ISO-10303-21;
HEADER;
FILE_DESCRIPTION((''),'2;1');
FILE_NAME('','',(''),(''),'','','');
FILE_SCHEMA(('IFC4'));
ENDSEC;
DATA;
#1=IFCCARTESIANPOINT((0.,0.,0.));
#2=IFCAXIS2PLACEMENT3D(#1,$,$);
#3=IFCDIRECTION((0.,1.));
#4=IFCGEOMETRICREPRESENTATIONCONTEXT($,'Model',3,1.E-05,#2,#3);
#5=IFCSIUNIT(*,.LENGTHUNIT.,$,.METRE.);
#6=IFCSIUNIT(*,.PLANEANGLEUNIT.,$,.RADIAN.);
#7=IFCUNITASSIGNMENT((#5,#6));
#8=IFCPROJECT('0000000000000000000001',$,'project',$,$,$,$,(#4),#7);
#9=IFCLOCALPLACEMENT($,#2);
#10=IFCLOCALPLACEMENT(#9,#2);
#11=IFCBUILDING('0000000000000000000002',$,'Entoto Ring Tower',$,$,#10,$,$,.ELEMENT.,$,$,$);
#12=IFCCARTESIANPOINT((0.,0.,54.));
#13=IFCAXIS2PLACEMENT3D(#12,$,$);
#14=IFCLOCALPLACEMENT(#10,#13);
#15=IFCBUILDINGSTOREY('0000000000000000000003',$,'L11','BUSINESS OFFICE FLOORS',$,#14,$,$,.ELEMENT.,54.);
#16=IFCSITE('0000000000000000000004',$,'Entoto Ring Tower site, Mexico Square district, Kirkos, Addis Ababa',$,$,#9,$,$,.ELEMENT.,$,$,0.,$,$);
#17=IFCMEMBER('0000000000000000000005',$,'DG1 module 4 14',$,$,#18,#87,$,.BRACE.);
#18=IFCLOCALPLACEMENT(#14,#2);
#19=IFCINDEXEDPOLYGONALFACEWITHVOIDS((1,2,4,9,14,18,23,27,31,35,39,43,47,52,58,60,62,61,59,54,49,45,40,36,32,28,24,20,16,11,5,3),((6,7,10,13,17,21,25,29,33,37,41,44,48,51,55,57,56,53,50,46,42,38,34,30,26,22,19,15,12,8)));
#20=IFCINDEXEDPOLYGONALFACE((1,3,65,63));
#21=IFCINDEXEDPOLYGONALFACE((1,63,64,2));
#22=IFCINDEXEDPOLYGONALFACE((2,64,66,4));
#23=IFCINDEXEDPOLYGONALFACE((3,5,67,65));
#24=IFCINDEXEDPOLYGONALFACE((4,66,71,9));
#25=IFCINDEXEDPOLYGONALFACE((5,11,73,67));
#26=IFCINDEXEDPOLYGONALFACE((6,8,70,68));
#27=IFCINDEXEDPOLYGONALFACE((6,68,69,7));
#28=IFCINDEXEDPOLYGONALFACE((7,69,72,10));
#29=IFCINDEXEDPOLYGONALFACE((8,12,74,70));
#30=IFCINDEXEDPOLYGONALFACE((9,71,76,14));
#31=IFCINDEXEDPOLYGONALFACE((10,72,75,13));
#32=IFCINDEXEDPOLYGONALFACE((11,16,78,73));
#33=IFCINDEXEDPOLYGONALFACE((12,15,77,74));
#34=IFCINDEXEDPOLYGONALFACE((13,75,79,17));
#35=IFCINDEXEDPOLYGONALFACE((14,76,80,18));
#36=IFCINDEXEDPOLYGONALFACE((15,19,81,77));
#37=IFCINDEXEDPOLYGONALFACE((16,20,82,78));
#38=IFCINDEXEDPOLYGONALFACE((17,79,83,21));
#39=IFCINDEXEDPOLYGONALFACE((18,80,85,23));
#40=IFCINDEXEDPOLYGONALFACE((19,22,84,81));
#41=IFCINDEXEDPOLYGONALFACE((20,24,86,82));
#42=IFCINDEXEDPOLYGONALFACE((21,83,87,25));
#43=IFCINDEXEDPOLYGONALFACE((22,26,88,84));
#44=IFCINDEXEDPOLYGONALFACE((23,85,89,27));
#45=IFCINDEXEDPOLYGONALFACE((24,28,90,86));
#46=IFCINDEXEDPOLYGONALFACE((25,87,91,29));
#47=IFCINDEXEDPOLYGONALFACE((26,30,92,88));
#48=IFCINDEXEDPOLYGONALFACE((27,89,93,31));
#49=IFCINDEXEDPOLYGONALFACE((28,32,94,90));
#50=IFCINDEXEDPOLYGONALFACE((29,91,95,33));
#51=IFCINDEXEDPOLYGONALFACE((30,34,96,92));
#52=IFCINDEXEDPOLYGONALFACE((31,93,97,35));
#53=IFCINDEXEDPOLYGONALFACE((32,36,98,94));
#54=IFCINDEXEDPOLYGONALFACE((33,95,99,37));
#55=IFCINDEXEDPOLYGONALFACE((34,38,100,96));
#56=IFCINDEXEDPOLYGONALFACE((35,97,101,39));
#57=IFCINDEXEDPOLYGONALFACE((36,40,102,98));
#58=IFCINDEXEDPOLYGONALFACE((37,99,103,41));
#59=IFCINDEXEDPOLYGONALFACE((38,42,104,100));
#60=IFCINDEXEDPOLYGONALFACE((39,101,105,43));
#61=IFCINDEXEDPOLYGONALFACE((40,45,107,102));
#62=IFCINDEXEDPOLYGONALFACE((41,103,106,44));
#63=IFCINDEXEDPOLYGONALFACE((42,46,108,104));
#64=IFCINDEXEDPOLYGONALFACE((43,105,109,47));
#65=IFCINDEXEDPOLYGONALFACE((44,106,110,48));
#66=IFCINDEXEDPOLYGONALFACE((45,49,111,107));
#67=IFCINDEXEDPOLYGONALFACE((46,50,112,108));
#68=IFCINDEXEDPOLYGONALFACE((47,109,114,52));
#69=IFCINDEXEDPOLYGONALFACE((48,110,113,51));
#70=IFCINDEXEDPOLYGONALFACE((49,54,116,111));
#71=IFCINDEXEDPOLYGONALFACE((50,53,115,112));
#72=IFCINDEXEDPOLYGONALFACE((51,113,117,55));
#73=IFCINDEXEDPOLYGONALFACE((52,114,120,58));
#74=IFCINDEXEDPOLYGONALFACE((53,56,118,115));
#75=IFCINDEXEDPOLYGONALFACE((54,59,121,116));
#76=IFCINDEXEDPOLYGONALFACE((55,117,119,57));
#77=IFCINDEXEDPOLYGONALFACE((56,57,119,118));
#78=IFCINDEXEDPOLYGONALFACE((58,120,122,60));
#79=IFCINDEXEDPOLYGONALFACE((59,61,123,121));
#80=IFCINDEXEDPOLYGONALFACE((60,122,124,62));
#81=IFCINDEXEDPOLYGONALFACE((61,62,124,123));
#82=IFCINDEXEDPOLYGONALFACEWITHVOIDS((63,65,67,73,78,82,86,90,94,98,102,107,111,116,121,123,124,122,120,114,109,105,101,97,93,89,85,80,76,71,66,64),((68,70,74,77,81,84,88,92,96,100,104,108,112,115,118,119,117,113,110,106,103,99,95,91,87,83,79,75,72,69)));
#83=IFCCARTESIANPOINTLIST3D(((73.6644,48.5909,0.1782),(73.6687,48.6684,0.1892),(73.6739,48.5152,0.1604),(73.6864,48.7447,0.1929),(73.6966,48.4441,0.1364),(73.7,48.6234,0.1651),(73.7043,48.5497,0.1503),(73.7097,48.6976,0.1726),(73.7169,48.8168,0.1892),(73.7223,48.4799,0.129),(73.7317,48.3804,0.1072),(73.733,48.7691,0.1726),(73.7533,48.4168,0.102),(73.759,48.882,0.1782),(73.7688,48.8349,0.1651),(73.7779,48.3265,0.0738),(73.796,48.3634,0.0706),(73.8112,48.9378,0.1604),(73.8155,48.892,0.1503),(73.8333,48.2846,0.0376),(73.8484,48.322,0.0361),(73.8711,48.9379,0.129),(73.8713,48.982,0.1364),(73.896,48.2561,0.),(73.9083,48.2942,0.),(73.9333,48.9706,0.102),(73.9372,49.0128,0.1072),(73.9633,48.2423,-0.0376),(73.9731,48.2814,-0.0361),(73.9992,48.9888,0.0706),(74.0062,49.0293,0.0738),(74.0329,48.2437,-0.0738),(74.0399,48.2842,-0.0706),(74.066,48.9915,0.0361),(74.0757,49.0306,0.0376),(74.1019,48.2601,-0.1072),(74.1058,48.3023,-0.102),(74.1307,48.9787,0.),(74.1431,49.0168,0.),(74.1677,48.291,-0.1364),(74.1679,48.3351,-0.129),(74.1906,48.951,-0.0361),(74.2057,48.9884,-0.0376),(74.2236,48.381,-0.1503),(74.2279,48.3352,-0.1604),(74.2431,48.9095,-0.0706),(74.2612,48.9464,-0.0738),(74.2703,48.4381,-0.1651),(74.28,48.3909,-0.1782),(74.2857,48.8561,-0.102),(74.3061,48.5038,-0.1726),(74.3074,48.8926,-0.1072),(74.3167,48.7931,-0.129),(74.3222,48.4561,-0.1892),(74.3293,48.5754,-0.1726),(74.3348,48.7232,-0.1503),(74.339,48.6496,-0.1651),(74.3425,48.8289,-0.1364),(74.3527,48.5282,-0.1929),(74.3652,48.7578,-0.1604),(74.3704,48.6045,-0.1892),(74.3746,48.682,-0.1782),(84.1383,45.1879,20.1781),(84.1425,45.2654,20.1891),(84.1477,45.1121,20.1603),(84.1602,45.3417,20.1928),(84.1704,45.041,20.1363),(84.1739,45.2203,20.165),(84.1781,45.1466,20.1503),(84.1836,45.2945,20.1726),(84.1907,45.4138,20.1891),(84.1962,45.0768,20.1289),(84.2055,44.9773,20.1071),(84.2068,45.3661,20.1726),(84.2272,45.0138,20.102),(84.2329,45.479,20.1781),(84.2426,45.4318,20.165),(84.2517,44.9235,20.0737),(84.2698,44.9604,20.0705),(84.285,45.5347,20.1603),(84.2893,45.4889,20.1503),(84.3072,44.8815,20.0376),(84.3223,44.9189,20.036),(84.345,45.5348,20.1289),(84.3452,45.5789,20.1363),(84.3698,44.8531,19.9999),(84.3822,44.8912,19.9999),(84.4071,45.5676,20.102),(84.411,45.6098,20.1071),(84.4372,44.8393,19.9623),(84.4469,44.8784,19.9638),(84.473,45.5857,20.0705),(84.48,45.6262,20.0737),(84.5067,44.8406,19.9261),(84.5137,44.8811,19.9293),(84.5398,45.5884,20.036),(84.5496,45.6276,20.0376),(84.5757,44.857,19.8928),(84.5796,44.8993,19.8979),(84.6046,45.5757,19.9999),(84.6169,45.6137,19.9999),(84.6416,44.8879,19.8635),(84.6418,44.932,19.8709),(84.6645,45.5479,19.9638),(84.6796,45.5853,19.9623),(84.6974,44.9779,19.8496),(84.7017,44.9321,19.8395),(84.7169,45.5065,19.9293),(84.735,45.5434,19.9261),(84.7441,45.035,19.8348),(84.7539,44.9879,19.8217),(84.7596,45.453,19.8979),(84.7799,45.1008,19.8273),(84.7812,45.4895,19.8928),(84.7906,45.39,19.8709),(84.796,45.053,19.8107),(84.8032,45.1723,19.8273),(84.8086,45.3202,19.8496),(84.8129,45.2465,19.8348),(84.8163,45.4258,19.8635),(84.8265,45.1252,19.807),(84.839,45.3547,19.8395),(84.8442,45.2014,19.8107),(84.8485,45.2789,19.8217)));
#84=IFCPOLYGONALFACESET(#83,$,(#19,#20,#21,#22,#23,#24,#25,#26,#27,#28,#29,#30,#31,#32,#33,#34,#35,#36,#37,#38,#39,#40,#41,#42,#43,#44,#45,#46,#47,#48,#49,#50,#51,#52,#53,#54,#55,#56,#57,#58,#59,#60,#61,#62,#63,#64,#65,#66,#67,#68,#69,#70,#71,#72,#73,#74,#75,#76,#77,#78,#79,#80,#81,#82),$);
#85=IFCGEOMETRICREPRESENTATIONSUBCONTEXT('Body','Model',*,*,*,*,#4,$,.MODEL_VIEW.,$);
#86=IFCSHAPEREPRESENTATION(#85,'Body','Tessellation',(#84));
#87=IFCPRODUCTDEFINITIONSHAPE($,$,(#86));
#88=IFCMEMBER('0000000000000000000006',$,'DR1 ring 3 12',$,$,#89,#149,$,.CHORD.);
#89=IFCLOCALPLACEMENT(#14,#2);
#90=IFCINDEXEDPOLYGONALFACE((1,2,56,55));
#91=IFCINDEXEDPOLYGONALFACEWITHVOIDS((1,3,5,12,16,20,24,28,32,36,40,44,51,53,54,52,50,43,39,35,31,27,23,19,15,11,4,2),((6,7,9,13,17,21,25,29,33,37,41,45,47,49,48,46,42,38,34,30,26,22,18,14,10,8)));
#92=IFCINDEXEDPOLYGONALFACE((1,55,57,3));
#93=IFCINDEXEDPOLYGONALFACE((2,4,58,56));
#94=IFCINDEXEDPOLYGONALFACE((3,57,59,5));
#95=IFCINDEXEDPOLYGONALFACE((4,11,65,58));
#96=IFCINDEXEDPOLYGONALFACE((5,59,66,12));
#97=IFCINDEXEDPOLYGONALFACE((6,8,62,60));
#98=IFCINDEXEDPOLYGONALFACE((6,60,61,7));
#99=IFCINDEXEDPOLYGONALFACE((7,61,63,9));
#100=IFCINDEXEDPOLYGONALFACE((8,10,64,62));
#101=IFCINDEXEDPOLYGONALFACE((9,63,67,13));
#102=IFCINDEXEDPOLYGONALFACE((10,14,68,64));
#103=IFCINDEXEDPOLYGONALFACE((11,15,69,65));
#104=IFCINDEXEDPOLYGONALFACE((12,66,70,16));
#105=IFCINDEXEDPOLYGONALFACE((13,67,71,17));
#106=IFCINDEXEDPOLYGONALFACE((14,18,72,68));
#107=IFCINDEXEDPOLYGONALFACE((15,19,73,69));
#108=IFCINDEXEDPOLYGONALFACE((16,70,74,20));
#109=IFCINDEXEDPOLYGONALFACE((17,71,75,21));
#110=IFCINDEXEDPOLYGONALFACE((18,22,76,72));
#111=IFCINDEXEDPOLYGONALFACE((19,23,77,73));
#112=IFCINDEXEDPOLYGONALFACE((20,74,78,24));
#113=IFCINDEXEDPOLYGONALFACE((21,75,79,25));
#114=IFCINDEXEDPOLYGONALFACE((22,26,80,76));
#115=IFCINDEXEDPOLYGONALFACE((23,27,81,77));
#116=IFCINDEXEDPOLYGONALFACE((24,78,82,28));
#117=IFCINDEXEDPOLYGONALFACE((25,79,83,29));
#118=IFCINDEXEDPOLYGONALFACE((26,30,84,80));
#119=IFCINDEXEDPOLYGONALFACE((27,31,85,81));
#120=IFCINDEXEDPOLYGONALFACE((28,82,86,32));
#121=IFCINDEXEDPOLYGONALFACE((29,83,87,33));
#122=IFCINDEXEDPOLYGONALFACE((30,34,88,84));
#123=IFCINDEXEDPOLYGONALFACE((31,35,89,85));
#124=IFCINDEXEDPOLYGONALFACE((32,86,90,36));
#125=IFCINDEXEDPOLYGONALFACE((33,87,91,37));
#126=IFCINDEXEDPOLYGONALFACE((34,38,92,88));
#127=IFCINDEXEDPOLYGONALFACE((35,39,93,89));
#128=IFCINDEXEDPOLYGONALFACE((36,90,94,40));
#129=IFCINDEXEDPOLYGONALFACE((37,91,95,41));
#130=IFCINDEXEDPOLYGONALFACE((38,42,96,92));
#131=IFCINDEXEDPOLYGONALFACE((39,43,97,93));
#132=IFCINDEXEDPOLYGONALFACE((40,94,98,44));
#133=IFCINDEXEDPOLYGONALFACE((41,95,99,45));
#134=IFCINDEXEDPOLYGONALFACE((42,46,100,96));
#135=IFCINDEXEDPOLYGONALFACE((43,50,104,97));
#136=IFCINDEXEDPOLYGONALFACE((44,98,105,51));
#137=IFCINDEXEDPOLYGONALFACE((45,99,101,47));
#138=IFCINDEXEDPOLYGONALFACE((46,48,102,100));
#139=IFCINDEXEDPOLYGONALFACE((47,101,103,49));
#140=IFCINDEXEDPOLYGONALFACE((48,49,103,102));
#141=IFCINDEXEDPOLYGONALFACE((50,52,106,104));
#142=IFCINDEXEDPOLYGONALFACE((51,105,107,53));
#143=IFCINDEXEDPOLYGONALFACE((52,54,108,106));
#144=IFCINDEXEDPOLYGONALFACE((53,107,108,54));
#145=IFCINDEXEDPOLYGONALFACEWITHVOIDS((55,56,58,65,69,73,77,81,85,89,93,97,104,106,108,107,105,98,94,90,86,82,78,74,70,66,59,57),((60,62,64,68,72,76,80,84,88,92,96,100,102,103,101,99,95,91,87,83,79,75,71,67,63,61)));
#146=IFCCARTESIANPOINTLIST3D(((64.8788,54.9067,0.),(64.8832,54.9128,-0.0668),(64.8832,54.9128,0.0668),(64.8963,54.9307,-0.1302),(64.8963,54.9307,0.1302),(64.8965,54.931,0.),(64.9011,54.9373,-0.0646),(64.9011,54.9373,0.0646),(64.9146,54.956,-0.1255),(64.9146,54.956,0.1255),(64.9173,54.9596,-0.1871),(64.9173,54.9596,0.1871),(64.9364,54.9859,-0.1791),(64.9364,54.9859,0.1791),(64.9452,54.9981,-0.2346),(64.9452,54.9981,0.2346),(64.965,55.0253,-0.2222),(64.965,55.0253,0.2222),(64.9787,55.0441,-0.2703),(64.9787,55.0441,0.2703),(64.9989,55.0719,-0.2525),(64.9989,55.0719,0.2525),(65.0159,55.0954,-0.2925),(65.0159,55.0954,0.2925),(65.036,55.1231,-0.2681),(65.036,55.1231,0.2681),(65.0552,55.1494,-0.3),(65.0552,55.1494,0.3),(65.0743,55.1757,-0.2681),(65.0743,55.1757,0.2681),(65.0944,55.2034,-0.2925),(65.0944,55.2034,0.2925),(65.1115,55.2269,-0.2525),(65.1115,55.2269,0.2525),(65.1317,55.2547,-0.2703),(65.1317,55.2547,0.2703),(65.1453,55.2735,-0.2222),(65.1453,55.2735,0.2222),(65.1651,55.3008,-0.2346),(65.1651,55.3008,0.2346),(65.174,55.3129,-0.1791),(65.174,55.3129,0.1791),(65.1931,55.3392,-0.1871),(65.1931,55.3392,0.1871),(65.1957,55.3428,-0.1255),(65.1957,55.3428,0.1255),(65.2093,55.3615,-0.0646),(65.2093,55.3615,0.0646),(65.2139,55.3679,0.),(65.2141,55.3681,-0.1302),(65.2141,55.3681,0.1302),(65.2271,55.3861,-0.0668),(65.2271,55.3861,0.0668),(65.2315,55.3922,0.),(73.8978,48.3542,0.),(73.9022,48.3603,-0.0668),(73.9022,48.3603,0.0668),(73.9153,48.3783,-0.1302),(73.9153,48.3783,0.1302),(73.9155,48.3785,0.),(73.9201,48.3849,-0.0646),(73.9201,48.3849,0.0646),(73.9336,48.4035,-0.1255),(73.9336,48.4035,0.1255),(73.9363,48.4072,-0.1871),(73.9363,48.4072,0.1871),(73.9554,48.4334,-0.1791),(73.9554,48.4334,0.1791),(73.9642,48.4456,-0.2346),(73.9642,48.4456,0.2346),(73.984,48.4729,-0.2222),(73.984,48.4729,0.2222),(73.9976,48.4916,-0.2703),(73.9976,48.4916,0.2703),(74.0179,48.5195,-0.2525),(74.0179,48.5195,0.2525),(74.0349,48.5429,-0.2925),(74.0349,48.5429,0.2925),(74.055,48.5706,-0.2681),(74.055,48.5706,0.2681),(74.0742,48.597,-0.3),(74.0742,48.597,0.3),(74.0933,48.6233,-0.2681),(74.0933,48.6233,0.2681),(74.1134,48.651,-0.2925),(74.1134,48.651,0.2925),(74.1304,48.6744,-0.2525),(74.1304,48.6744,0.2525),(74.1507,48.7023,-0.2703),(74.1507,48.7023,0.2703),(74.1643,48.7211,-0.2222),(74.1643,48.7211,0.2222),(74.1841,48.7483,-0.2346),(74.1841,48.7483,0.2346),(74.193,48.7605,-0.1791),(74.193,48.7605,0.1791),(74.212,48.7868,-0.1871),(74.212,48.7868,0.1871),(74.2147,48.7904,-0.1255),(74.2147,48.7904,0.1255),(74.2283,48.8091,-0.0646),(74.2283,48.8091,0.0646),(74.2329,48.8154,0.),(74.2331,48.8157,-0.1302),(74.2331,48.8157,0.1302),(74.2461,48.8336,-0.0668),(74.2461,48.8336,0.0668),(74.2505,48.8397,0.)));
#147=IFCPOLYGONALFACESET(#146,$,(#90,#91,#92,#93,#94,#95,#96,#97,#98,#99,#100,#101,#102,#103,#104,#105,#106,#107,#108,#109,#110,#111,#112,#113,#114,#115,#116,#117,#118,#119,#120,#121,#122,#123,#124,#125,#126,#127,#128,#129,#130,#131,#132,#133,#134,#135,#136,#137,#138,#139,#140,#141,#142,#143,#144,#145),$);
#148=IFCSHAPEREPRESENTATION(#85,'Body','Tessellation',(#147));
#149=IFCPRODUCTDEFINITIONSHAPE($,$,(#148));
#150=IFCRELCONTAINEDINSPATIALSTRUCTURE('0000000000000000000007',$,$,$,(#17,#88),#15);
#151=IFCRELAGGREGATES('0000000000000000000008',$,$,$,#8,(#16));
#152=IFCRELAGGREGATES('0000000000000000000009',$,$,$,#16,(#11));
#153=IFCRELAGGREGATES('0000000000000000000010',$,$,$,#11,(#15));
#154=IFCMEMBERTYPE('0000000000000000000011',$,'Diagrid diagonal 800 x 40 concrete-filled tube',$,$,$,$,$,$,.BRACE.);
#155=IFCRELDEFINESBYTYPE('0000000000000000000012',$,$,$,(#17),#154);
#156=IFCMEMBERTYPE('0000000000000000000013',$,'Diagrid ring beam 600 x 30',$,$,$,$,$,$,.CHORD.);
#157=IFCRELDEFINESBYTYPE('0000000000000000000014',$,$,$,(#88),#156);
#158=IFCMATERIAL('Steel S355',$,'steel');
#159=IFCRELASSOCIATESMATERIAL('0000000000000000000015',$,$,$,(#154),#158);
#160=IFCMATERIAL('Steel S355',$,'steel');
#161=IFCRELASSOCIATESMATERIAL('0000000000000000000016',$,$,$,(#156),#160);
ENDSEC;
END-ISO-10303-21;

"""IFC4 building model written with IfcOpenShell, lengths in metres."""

from ifc_helpers import new_model, si_unit, direction, frame, origin, origin_2d, place, context, subcontext, project, spatial, circle, hollow_circle, extrude, material, material_profile, profile_set, type_object, element, save


model = new_model("IFC4")

# Units and contexts
model_context = context("Model", 3, precision=1e-05, world=origin(), true_north=direction((0.0, 1.0)))
body_context = subcontext(model_context, "Body", "Model", "MODEL_VIEW")
ifc_project = project(units=[si_unit("LENGTHUNIT", "METRE"), si_unit("PLANEANGLEUNIT", "RADIAN")], contexts=[model_context])

# Site, building, storey
site_placement = place(None, origin())
site = spatial("IfcSite", under=ifc_project, at=site_placement, Name="Entoto Ring Tower site, Mexico Square district, Kirkos, Addis Ababa", CompositionType="ELEMENT", RefElevation=0.0)
building_placement = place(site_placement, origin())
building = spatial("IfcBuilding", under=site, at=building_placement, Name="Entoto Ring Tower", CompositionType="ELEMENT")
storey_placement = place(building_placement, frame((0.0, 0.0, 54.0)))
storey = spatial("IfcBuildingStorey", under=building, at=storey_placement, Name="L11", Description="BUSINESS OFFICE FLOORS", CompositionType="ELEMENT", Elevation=54.0)

# Members
ifc_material_1 = material(Name="Steel S355", Category="steel")
ifc_material_profile_1 = material_profile(ifc_material_1, hollow_circle(Radius=0.3999, WallThickness=0.04, at=origin_2d()), Name="CHS 800 x 40")
ifc_material_2 = material(Name="Concrete C60/75", Category="concrete")
ifc_material_profile_2 = material_profile(ifc_material_2, circle(Radius=0.3601, at=origin_2d()), Name="Concrete C60/75 infill")
ifc_profile_set_1 = profile_set([ifc_material_profile_1, ifc_material_profile_2], Name="Steel S355")
member_type_1 = type_object("IfcMemberType", Name="Diagrid diagonal 800 x 40 concrete-filled tube", PredefinedType="BRACE", material=ifc_profile_set_1)
member_placement = place(storey_placement, frame((74.0195, 48.6365, 0.0), z_axis=(0.458744, -0.149051, 0.875978), x_axis=(0.309009, 0.951059, 0.0)))
element("IfcMember", 1, at=member_placement, inside=storey, type_object=member_type_1, Name="DG1 module 4 14", PredefinedType="BRACE", context=body_context, shape_type="SweptSolid", body=[
    extrude(hollow_circle(Radius=0.3999, WallThickness=0.04, at=origin_2d()), origin(), (0.0, 0.0, 1.0), 22.8315),
])
ifc_material_3 = material(Name="Steel S355", Category="steel")
ifc_material_profile_3 = material_profile(ifc_material_3, hollow_circle(Radius=0.3, WallThickness=0.03, at=origin_2d()), Name="CHS 600 x 30")
ifc_material_4 = material(Name="Concrete C60/75", Category="concrete")
ifc_material_profile_4 = material_profile(ifc_material_4, circle(Radius=0.27, at=origin_2d()), Name="Concrete C60/75 infill")
ifc_profile_set_2 = profile_set([ifc_material_profile_3, ifc_material_profile_4], Name="Steel S355")
member_type_2 = type_object("IfcMemberType", Name="Diagrid ring beam 600 x 30", PredefinedType="CHORD", material=ifc_profile_set_2)
for number, where, z_axis, x_axis, name in (
    (2, (65.0552, 55.1494, 0.0), (0.809027, -0.587772, 0.0), (0.587772, 0.809027, 0.0), "DR1 ring 3 12"),
):
    element("IfcMember", number, at=place(storey_placement, frame(where, z_axis=z_axis, x_axis=x_axis)), inside=storey, type_object=member_type_2, Name=name, PredefinedType="CHORD", context=body_context, shape_type="SweptSolid", body=[
        extrude(hollow_circle(Radius=0.3, WallThickness=0.03, at=origin_2d()), origin(), (0.0, 0.0, 1.0), 11.1479),
    ])

save(model, "model.ifc")
